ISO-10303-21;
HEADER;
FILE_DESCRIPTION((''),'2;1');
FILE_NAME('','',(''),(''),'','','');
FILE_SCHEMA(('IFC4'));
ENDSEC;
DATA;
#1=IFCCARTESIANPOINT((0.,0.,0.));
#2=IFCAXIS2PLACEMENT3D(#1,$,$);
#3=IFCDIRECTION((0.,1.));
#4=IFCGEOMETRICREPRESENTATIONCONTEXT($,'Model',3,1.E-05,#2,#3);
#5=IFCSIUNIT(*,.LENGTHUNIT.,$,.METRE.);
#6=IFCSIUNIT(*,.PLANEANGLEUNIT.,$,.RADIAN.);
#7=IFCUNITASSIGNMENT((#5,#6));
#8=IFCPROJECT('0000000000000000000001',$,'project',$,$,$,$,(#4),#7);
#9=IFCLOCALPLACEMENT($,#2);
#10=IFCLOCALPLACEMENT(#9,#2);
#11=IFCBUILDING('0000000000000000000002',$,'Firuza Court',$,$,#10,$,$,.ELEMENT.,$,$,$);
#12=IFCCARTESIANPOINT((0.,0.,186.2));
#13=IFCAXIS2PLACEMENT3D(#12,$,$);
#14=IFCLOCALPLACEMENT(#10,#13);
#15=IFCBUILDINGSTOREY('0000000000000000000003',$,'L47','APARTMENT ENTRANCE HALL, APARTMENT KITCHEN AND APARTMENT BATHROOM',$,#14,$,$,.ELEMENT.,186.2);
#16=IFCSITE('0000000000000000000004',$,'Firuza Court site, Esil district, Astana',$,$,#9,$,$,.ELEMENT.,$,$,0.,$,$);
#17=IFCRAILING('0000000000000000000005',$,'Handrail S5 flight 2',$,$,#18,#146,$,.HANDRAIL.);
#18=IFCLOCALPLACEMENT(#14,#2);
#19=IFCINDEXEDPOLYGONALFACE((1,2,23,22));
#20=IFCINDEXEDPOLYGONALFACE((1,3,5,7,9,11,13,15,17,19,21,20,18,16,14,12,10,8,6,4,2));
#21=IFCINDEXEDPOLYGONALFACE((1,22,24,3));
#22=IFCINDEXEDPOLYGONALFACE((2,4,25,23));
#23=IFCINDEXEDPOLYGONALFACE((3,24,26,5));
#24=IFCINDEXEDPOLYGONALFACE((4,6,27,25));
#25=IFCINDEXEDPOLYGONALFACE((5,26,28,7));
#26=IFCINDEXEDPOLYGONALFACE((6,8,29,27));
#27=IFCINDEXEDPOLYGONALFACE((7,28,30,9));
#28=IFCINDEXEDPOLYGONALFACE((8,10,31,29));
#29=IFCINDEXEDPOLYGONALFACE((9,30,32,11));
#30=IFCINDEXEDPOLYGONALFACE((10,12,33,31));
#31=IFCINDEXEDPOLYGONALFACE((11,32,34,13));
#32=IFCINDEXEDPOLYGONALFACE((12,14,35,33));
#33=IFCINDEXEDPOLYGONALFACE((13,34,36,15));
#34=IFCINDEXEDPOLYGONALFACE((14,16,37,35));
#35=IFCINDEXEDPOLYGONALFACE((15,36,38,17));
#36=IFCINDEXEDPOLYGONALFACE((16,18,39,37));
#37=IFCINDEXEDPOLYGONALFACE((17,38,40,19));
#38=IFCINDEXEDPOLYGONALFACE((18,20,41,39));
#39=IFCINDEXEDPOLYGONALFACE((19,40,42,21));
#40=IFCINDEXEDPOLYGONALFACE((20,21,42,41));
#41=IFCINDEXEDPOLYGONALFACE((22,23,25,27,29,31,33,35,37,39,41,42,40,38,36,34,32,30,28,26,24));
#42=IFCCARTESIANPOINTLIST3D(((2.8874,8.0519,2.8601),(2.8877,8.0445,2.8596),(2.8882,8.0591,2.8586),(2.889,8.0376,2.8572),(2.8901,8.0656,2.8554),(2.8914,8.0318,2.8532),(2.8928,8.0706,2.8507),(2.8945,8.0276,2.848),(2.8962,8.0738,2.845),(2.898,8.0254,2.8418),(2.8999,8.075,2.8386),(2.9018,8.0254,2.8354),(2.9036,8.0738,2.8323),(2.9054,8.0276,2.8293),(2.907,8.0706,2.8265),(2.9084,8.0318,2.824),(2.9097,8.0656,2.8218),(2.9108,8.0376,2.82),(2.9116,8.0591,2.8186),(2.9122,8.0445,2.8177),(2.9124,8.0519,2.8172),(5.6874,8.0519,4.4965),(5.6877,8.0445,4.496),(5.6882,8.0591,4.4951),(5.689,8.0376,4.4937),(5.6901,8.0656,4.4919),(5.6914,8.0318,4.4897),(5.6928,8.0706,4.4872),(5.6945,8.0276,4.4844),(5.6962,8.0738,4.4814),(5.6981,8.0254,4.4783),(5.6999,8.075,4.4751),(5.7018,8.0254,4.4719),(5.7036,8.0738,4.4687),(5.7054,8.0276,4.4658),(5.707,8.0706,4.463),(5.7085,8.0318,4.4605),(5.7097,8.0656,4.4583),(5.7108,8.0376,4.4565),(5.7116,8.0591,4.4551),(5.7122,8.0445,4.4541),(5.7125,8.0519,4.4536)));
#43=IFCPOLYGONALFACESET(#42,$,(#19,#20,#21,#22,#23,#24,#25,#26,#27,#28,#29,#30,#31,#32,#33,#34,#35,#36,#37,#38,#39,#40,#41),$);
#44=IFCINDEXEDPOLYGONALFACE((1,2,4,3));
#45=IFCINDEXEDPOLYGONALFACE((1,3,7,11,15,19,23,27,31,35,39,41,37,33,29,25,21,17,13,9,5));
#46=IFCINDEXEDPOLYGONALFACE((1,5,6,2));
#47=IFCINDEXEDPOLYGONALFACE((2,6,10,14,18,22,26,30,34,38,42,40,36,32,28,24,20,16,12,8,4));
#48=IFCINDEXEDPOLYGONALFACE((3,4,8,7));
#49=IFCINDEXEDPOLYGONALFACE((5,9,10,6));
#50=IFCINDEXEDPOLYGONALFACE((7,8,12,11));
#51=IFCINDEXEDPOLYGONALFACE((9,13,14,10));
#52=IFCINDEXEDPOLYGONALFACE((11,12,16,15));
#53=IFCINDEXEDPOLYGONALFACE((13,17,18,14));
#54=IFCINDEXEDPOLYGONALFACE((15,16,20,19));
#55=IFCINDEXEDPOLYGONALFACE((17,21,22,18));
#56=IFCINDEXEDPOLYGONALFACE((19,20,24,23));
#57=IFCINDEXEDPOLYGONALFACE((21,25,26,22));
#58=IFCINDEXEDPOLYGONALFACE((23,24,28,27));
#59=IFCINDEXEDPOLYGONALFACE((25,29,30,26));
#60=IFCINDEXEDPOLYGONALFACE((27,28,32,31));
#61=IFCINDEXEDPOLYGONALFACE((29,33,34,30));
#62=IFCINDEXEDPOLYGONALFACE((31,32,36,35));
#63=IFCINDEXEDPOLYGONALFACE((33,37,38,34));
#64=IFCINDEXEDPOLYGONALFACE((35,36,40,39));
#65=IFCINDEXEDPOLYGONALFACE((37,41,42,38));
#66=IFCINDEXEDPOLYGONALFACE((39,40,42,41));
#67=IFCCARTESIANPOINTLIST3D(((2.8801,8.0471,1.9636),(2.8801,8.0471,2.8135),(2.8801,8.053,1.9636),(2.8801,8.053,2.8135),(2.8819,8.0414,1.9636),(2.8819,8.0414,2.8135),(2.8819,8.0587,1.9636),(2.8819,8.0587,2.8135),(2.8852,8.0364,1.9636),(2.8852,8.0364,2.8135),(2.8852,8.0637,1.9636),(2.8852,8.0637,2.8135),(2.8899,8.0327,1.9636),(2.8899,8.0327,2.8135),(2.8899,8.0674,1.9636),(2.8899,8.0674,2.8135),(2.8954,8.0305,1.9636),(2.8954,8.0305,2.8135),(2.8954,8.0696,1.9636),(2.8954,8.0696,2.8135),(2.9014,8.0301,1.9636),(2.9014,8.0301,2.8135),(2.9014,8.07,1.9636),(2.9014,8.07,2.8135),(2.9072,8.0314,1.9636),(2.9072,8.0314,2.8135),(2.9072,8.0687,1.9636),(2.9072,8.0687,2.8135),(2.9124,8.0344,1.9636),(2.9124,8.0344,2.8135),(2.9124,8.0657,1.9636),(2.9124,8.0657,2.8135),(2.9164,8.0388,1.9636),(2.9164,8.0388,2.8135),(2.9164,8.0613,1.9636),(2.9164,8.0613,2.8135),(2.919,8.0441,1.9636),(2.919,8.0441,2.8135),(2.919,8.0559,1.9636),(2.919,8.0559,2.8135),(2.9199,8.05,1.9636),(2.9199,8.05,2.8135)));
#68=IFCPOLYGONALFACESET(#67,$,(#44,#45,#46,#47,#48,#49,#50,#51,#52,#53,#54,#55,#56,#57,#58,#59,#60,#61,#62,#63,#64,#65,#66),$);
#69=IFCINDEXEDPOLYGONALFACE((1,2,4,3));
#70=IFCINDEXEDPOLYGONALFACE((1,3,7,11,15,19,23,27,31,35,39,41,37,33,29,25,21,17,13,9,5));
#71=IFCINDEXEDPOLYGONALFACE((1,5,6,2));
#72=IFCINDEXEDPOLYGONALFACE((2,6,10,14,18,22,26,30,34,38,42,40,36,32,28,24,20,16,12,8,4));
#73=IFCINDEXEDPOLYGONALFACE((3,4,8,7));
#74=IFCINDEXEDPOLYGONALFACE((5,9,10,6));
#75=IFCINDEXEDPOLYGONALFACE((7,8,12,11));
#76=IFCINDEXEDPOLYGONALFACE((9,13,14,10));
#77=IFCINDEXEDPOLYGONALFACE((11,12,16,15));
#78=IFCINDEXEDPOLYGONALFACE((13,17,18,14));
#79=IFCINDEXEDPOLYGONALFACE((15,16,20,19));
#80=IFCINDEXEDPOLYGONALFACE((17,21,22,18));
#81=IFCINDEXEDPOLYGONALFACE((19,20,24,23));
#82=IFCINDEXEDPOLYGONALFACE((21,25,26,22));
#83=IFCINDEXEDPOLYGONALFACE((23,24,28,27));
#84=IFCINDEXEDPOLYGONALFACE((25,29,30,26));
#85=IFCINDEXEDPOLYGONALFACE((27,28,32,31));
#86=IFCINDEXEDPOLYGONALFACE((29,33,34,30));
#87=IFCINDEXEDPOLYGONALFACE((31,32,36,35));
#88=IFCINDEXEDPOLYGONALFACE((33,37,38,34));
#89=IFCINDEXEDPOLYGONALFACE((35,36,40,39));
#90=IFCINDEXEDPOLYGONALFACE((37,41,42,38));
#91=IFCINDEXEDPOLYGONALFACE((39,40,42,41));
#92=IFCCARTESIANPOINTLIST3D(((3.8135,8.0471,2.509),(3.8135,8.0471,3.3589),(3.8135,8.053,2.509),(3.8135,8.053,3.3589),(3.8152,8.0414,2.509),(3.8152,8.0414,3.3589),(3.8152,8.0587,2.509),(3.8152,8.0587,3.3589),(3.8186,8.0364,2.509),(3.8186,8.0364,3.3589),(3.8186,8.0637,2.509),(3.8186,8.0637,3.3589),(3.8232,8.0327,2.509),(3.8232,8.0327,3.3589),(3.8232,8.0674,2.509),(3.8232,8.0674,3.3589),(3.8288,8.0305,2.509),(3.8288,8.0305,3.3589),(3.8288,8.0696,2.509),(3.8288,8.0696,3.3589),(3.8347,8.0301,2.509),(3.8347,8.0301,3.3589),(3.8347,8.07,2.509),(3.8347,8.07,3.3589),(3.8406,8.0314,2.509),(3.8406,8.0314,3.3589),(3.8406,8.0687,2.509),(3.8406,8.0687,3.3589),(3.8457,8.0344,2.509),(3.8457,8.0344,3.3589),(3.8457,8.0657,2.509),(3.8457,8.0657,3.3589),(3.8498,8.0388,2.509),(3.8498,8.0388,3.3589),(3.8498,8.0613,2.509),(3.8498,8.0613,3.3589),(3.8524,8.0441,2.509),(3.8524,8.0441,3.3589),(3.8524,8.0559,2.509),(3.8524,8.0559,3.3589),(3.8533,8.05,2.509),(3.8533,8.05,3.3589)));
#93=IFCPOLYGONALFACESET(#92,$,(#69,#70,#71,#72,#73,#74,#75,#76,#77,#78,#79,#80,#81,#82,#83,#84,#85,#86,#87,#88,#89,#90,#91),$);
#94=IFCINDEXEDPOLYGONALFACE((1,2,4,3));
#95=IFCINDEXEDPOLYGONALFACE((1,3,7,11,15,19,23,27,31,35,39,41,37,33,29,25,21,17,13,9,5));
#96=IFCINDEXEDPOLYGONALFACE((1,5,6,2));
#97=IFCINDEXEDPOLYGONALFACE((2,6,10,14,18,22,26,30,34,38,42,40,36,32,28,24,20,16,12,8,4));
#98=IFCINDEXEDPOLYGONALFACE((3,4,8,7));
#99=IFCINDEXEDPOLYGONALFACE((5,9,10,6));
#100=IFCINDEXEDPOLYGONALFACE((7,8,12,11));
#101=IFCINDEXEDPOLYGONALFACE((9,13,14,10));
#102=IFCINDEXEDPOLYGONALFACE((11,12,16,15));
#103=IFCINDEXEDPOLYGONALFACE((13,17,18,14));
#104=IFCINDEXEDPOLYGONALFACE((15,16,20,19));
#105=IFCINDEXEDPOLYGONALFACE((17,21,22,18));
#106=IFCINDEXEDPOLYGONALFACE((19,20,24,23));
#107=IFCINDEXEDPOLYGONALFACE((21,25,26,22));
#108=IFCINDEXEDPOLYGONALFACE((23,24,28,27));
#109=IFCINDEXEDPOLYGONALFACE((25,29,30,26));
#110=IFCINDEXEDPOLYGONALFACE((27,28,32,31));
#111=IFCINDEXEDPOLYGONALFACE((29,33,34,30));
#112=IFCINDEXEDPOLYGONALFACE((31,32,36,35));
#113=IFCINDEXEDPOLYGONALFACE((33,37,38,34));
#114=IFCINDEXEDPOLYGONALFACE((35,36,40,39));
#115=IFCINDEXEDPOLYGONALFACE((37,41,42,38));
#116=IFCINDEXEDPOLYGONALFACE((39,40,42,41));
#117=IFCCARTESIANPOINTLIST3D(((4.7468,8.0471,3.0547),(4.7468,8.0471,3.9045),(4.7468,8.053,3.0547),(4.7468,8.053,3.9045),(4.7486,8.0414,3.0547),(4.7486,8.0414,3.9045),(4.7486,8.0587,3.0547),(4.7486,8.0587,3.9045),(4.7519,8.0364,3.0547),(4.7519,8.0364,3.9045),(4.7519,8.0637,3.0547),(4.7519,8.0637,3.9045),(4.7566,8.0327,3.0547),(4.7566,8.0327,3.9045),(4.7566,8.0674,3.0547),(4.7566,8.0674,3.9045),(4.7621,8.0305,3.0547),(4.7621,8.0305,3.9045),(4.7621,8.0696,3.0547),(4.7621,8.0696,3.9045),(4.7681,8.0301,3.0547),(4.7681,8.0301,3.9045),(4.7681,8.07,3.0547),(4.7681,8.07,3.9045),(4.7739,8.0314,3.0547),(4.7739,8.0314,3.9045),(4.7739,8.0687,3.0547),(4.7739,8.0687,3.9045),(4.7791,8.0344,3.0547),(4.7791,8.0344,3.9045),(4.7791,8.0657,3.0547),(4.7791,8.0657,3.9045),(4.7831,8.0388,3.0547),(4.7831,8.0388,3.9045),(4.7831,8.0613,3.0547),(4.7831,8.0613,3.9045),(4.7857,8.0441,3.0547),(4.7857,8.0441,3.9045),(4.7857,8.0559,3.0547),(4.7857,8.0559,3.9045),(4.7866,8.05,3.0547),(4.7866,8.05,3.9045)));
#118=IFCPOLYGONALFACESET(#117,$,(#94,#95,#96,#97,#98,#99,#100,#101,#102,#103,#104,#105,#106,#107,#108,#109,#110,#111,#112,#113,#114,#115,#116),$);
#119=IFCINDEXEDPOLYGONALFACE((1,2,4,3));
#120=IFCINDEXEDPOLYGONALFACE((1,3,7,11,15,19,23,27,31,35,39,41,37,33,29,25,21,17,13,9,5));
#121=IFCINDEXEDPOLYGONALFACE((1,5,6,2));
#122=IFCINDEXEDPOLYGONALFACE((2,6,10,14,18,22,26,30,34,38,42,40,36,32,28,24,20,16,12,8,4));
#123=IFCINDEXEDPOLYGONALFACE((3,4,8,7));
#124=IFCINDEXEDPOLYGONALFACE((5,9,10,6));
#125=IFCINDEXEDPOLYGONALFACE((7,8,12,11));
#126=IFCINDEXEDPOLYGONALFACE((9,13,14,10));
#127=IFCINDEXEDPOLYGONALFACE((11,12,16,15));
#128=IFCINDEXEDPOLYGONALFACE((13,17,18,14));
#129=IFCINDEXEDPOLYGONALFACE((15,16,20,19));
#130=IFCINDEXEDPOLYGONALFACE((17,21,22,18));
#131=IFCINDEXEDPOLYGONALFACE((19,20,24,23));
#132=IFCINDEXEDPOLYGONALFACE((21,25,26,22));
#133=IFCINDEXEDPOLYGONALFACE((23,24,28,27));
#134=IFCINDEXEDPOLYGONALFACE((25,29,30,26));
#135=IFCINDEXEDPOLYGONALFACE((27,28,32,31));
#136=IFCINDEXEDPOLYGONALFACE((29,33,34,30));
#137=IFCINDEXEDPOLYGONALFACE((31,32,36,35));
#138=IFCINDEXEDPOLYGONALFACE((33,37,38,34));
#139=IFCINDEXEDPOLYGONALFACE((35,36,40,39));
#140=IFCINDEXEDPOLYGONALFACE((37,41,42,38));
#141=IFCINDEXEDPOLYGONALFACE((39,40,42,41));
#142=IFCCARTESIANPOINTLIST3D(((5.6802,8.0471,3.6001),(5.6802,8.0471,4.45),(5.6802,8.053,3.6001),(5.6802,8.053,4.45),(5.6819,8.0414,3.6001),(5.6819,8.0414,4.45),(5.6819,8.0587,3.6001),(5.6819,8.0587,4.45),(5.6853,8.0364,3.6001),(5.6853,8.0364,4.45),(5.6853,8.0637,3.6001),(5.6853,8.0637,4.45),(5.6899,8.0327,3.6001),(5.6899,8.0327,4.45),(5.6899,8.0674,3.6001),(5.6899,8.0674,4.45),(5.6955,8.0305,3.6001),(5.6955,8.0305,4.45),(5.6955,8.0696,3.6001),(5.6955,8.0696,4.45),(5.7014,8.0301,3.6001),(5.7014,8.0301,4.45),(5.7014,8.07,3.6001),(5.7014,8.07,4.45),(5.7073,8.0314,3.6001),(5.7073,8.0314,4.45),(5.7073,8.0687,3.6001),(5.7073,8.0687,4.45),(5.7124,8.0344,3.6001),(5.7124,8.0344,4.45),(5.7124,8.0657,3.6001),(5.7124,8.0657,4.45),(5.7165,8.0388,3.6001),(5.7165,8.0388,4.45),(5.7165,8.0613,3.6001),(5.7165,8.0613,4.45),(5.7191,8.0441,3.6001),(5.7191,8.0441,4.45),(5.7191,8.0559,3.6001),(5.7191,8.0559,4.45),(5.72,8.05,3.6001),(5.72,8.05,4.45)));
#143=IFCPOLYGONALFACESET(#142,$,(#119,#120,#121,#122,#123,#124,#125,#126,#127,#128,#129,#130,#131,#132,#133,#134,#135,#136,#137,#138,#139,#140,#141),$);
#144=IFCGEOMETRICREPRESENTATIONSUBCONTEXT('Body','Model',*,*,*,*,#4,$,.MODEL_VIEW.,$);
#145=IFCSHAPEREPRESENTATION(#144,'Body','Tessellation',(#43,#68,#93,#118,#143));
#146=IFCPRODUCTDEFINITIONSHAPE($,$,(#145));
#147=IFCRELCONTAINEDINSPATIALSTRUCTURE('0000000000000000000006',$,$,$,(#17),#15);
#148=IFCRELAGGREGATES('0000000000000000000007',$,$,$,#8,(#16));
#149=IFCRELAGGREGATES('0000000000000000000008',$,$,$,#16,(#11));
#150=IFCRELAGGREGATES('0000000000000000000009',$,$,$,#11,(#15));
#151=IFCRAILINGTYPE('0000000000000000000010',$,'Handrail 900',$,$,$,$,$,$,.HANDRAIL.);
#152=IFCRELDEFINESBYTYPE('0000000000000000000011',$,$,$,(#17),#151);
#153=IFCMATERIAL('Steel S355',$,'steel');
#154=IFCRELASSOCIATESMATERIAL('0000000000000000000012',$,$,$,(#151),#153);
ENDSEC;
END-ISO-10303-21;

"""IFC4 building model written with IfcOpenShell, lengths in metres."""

from ifc_helpers import new_model, si_unit, direction, frame, origin, origin_2d, place, context, subcontext, project, spatial, circle, extrude, material, type_object, element, save


model = new_model("IFC4")

# Units and contexts
model_context = context("Model", 3, precision=1e-05, world=origin(), true_north=direction((0.0, 1.0)))
body_context = subcontext(model_context, "Body", "Model", "MODEL_VIEW")
ifc_project = project(units=[si_unit("LENGTHUNIT", "METRE"), si_unit("PLANEANGLEUNIT", "RADIAN")], contexts=[model_context])

# Site, building, storey
site_placement = place(None, origin())
site = spatial("IfcSite", under=ifc_project, at=site_placement, Name="Firuza Court site, Esil district, Astana", CompositionType="ELEMENT", RefElevation=0.0)
building_placement = place(site_placement, origin())
building = spatial("IfcBuilding", under=site, at=building_placement, Name="Firuza Court", CompositionType="ELEMENT")
storey_placement = place(building_placement, frame((0.0, 0.0, 186.2)))
storey = spatial("IfcBuildingStorey", under=building, at=storey_placement, Name="L47", Description="APARTMENT ENTRANCE HALL, APARTMENT KITCHEN AND APARTMENT BATHROOM", CompositionType="ELEMENT", Elevation=186.2)

# Railing
ifc_material_1 = material(Name="Steel S355", Category="steel")
railing_type_1 = type_object("IfcRailingType", Name="Handrail 900", PredefinedType="HANDRAIL", material=ifc_material_1)
railing_1_placement = place(storey_placement, frame((2.8999, 8.05, 1.9636)))
element("IfcRailing", 1, at=railing_1_placement, inside=storey, type_object=railing_type_1, Name="Handrail S5 flight 2", PredefinedType="HANDRAIL", context=body_context, shape_type="SweptSolid", body=[
    extrude(circle(Radius=0.0249, at=origin_2d()), frame((0.0, 0.0, 0.875), z_axis=(0.863361, 0.0, 0.504587), x_axis=(0.0, 1.0, 0.0)), (0.0, 0.0, 1.0), 3.2432),
    extrude(circle(Radius=0.02, at=origin_2d()), origin(), (0.0, 0.0, 1.0), 0.8499),
    extrude(circle(Radius=0.02, at=origin_2d()), frame((0.9333, 0.0, 0.5454)), (0.0, 0.0, 1.0), 0.8499),
    extrude(circle(Radius=0.02, at=origin_2d()), frame((1.8667, 0.0, 1.0911)), (0.0, 0.0, 1.0), 0.8499),
    extrude(circle(Radius=0.02, at=origin_2d()), frame((2.8, 0.0, 1.6365)), (0.0, 0.0, 1.0), 0.8499),
])

save(model, "model.ifc")
